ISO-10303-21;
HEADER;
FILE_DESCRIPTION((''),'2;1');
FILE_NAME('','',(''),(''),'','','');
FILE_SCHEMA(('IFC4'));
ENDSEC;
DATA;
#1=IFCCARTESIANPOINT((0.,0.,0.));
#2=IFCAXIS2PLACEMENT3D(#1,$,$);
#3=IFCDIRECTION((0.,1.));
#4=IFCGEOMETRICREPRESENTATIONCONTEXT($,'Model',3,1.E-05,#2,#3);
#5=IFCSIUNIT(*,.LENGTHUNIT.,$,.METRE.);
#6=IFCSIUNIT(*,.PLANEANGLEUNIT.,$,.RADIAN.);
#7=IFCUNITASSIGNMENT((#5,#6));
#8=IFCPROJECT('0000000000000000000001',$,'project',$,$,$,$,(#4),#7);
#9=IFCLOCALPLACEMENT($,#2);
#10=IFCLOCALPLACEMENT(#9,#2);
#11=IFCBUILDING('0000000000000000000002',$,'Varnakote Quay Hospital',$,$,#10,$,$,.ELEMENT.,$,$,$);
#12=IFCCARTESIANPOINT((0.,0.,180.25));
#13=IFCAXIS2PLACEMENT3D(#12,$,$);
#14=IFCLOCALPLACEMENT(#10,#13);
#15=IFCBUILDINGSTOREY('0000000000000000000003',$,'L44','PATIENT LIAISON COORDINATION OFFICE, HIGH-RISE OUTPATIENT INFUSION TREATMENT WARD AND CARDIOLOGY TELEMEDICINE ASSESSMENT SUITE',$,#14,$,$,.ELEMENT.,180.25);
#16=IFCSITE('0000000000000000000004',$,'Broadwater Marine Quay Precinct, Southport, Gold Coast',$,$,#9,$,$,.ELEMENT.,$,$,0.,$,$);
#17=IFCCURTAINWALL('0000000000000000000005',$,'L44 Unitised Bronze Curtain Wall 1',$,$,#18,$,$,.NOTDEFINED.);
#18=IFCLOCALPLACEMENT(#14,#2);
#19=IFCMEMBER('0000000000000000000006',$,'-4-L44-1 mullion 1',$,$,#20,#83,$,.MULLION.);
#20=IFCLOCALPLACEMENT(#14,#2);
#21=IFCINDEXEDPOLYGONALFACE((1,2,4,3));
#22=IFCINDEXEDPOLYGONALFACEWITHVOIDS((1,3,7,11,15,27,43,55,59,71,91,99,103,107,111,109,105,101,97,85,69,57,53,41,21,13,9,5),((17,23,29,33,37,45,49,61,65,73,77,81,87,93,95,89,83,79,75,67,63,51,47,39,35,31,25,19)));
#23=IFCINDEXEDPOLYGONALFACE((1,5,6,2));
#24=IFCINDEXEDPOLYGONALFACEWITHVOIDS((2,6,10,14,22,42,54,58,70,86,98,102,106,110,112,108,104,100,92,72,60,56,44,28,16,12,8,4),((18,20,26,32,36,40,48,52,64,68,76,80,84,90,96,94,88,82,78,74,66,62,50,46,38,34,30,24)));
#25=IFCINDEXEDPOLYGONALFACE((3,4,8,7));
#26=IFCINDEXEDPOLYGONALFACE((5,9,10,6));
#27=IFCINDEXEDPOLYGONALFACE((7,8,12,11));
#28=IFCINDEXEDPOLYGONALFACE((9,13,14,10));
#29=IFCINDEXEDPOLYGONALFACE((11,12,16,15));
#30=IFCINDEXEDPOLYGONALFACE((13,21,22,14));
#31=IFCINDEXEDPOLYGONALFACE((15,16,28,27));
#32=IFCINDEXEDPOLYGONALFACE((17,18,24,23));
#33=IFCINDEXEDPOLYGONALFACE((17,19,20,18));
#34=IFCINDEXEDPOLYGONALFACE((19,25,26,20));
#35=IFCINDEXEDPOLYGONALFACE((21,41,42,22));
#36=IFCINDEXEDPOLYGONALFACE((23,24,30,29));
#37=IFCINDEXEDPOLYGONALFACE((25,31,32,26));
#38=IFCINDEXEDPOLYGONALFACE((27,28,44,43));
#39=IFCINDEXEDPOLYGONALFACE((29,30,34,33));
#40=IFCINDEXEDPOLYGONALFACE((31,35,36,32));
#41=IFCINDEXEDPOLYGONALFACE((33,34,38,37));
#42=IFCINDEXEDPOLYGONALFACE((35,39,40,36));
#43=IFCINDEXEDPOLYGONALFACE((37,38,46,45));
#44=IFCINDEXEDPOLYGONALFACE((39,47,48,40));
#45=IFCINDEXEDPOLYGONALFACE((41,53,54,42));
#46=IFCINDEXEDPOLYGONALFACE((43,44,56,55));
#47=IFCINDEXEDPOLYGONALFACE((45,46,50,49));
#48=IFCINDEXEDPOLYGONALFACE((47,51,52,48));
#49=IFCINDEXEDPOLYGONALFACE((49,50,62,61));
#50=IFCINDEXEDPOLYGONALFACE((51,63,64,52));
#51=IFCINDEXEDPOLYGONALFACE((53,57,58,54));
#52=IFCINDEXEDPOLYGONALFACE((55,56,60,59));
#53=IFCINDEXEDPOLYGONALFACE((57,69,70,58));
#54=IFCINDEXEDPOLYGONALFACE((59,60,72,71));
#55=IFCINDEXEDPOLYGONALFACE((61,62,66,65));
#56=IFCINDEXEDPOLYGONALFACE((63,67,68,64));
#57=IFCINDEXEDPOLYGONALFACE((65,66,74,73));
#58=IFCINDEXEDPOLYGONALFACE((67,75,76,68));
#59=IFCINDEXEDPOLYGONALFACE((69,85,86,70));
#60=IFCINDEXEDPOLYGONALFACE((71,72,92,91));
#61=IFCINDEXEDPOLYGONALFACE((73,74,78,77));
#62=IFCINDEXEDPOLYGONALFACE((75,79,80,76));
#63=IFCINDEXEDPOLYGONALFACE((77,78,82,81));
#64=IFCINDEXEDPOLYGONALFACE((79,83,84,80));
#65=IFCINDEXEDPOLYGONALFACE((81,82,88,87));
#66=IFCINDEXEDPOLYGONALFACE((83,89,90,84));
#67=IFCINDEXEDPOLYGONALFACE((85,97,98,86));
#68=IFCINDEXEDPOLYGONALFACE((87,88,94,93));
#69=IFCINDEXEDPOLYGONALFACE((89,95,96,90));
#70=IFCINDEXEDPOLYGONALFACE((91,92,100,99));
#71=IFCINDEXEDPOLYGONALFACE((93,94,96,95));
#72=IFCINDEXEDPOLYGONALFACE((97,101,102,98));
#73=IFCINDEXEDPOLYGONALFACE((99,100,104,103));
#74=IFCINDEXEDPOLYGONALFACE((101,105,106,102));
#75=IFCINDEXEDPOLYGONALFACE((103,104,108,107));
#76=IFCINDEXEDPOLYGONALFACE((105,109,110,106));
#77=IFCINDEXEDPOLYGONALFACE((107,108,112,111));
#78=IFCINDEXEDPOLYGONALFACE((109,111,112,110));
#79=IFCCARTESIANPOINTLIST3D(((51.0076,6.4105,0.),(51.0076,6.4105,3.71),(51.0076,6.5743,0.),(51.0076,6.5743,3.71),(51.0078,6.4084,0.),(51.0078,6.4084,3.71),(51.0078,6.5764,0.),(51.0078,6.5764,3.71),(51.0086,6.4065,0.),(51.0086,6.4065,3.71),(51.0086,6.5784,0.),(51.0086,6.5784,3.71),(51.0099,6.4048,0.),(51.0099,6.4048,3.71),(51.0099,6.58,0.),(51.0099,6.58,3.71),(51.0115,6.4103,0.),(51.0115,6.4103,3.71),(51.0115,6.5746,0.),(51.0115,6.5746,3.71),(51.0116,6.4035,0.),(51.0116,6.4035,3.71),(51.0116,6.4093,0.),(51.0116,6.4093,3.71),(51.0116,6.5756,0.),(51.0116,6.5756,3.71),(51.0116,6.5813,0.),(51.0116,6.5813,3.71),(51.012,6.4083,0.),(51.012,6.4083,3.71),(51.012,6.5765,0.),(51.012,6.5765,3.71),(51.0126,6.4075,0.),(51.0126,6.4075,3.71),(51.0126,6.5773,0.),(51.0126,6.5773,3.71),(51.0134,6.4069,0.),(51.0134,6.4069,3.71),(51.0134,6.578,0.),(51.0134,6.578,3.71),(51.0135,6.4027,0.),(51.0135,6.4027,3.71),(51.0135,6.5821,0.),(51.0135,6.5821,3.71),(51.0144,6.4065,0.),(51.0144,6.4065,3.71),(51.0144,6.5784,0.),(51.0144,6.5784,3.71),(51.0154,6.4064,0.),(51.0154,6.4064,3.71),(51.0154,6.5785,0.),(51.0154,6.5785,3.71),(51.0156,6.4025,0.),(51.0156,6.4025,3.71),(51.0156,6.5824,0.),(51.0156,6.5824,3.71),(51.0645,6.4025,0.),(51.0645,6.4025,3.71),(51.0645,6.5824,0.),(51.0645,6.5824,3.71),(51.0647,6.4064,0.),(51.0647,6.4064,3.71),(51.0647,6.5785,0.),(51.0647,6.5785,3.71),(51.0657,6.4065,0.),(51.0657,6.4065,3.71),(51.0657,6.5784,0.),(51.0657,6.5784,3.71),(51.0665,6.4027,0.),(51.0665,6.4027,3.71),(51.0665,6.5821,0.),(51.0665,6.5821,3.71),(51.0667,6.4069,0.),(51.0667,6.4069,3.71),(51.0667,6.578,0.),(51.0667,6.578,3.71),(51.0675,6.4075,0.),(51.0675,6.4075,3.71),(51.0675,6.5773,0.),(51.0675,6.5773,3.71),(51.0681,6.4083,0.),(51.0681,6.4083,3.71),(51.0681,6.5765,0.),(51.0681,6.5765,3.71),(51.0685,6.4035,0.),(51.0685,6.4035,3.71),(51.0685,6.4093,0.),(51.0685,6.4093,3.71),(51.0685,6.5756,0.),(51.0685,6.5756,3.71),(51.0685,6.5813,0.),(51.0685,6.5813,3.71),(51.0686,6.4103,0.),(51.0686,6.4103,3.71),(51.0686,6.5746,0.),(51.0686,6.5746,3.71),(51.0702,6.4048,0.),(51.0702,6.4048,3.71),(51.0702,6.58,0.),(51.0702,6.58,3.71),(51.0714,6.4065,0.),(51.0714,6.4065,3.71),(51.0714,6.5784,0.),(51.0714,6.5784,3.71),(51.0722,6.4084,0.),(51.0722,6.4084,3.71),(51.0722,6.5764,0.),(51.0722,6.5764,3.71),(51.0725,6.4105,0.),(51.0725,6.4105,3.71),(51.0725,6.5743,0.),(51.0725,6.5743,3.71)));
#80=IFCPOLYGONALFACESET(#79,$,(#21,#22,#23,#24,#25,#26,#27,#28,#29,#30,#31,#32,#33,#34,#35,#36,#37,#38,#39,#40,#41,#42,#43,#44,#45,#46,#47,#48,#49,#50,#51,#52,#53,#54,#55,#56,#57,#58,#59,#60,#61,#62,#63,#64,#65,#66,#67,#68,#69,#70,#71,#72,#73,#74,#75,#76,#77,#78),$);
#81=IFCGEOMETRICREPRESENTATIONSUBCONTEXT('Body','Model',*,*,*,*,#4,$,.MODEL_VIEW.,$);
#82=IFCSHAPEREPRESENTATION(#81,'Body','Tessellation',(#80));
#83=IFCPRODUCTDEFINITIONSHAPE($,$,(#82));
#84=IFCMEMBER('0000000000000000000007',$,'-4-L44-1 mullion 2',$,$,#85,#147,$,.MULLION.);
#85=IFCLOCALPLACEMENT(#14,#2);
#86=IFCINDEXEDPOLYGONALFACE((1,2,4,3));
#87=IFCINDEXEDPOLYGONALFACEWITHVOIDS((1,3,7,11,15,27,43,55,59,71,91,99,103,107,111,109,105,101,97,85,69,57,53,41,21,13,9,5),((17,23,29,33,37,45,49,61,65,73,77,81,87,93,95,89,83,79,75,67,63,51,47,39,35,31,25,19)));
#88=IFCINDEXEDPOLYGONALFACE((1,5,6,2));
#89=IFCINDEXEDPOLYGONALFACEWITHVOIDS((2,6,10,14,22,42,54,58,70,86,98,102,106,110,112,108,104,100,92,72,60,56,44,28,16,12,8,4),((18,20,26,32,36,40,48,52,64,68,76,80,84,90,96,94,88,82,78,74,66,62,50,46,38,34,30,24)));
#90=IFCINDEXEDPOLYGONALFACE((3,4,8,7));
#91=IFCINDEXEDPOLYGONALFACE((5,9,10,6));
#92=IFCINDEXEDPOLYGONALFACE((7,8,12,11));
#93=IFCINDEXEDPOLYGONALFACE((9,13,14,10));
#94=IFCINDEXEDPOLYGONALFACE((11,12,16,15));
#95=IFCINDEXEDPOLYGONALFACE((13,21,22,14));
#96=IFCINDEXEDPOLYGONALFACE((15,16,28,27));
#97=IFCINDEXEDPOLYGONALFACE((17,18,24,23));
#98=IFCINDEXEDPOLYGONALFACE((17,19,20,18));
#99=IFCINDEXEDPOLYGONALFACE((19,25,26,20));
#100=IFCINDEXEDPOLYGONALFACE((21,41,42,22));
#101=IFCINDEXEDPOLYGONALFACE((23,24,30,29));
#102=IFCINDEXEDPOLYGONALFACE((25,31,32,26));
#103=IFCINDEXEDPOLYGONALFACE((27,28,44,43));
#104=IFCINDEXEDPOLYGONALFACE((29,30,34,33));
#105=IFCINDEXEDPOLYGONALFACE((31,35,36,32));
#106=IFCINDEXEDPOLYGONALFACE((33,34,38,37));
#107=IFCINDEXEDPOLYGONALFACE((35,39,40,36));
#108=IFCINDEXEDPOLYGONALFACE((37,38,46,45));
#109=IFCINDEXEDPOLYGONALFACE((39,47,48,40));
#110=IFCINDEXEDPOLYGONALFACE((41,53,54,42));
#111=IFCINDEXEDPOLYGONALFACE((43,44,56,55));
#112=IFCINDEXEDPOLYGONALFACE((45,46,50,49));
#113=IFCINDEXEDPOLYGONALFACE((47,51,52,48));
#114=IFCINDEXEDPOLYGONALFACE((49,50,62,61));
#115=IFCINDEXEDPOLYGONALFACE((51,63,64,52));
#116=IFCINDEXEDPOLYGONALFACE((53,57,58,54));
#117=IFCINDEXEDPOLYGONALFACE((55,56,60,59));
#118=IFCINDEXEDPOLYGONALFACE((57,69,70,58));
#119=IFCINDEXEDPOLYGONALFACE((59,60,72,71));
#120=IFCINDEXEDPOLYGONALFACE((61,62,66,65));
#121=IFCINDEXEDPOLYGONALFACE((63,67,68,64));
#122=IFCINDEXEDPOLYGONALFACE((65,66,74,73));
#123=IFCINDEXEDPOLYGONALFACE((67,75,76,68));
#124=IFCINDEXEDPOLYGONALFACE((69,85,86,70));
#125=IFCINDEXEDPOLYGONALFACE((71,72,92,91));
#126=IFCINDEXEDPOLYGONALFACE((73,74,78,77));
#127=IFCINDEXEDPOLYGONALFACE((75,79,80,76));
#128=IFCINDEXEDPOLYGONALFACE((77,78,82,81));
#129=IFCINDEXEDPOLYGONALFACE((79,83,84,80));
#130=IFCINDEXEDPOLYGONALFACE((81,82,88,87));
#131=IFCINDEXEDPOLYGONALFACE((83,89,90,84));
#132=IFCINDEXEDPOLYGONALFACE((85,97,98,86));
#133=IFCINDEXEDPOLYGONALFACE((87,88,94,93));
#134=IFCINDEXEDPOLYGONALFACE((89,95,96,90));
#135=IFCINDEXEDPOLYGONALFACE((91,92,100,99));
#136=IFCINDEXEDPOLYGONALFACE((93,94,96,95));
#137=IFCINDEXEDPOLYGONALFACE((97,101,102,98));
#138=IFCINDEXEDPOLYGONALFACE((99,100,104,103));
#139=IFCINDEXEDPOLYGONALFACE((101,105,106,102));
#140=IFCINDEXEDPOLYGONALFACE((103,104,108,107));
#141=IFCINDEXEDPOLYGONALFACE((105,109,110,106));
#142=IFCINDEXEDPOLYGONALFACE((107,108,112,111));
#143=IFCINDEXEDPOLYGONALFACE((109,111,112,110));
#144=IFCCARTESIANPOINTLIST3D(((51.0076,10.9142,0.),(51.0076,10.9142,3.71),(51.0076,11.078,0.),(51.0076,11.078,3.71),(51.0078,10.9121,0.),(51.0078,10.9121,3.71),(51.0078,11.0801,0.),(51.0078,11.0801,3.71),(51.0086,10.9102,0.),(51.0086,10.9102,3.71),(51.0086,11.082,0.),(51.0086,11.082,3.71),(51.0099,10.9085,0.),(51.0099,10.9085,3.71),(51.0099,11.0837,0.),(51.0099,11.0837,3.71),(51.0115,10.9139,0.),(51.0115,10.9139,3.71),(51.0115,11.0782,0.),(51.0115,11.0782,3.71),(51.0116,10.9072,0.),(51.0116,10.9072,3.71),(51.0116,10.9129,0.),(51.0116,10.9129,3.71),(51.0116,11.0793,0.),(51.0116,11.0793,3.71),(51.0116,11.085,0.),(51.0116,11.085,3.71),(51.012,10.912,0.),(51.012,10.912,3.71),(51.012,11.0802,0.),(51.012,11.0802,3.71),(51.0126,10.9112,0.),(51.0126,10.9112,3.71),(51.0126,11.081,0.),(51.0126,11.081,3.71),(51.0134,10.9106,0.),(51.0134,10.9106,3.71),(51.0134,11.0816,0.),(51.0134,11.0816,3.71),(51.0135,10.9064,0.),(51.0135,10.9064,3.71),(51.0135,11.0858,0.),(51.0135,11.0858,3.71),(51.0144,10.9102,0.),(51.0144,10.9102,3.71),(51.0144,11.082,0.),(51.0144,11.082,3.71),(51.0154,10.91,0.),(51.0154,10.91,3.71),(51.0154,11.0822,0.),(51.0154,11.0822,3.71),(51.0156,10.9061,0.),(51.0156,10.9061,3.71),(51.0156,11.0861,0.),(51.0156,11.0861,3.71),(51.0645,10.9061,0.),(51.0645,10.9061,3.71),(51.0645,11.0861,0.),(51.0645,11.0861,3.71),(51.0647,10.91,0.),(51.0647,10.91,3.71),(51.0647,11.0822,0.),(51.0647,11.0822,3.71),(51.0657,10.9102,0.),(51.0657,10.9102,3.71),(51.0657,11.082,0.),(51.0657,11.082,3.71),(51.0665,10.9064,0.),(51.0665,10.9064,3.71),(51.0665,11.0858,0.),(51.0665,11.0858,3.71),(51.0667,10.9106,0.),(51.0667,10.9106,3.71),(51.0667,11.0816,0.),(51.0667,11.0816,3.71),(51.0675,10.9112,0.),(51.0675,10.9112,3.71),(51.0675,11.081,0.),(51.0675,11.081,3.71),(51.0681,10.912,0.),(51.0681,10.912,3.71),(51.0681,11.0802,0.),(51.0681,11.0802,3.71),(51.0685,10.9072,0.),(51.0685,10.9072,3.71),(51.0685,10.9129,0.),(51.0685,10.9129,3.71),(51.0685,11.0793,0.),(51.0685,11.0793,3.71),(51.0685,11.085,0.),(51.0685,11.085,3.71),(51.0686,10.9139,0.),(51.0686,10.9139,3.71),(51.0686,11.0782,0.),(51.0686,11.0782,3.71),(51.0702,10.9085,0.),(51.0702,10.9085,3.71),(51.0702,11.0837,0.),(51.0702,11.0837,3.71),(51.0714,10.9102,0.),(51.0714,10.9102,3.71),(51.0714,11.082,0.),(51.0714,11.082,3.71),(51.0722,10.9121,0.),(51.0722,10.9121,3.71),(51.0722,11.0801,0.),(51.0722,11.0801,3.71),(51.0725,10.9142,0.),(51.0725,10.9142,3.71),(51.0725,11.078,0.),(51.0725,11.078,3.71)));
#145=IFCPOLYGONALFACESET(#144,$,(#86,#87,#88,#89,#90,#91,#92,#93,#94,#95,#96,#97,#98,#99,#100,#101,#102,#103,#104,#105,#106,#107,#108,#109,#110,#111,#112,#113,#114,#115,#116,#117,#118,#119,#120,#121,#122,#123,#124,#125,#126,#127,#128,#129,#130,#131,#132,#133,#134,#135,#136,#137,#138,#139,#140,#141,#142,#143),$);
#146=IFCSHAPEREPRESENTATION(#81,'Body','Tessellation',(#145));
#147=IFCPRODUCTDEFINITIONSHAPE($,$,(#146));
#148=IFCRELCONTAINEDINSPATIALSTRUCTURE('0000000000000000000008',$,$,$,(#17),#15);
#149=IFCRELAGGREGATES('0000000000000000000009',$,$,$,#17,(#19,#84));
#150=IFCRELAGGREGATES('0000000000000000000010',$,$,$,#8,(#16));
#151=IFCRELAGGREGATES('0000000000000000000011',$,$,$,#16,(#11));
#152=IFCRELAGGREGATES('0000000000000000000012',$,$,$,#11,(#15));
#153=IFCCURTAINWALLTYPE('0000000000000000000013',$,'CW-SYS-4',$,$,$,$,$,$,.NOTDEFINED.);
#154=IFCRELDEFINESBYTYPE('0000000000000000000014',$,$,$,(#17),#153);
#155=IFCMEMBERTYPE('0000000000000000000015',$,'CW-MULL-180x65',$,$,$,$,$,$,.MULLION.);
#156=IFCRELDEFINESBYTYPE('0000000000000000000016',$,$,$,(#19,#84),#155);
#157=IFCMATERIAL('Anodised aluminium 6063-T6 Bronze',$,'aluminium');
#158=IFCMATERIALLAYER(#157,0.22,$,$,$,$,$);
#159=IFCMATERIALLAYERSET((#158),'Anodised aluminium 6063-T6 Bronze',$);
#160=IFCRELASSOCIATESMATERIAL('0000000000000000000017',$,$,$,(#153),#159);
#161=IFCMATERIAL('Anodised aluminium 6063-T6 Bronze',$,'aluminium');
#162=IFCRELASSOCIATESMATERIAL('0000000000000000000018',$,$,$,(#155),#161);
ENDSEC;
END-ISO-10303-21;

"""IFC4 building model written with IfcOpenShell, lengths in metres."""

from ifc_helpers import new_model, si_unit, direction, frame, origin, origin_2d, place, context, subcontext, project, spatial, hollow_rectangle, extrude, material, layer, layer_set, material_profile, profile_set, type_object, element, aggregate, save


model = new_model("IFC4")

# Units and contexts
model_context = context("Model", 3, precision=1e-05, world=origin(), true_north=direction((0.0, 1.0)))
body_context = subcontext(model_context, "Body", "Model", "MODEL_VIEW")
ifc_project = project(units=[si_unit("LENGTHUNIT", "METRE"), si_unit("PLANEANGLEUNIT", "RADIAN")], contexts=[model_context])

# Site, building, storey
site_placement = place(None, origin())
site = spatial("IfcSite", under=ifc_project, at=site_placement, Name="Broadwater Marine Quay Precinct, Southport, Gold Coast", CompositionType="ELEMENT", RefElevation=0.0)
building_placement = place(site_placement, origin())
building = spatial("IfcBuilding", under=site, at=building_placement, Name="Varnakote Quay Hospital", CompositionType="ELEMENT")
storey_placement = place(building_placement, frame((0.0, 0.0, 180.25)))
storey = spatial("IfcBuildingStorey", under=building, at=storey_placement, Name="L44", Description="PATIENT LIAISON COORDINATION OFFICE, HIGH-RISE OUTPATIENT INFUSION TREATMENT WARD AND CARDIOLOGY TELEMEDICINE ASSESSMENT SUITE", CompositionType="ELEMENT", Elevation=180.25)

# Curtain wall, members
ifc_material_1 = material(Name="Anodised aluminium 6063-T6 Bronze", Category="aluminium")
ifc_layer_1 = layer(ifc_material_1, 0.22)
ifc_layer_set_1 = layer_set([ifc_layer_1], Name="Anodised aluminium 6063-T6 Bronze")
curtain_wall_type = type_object("IfcCurtainWallType", Name="CW-SYS-4", PredefinedType="NOTDEFINED", material=ifc_layer_set_1)
curtain_wall_placement = place(storey_placement, origin())
curtain_wall = element("IfcCurtainWall", 1, at=curtain_wall_placement, inside=storey, type_object=curtain_wall_type, Name="L44 Unitised Bronze Curtain Wall 1", PredefinedType="NOTDEFINED")
ifc_material_2 = material(Name="Anodised aluminium 6063-T6 Bronze", Category="aluminium")
ifc_material_profile_1 = material_profile(ifc_material_2, hollow_rectangle(XDim=0.0649, YDim=0.1799, WallThickness=0.0039, InnerFilletRadius=0.0039, OuterFilletRadius=0.0081, at=origin_2d()), Name="CW-MULL-180x65")
ifc_profile_set_1 = profile_set([ifc_material_profile_1], Name="Anodised aluminium 6063-T6 Bronze")
member_type_1 = type_object("IfcMemberType", Name="CW-MULL-180x65", PredefinedType="MULLION", material=ifc_profile_set_1)
member_1_placement = place(storey_placement, frame((51.04, 6.4924, 0.0), z_axis=(0.0, 0.0, 1.0), x_axis=(-1.0, 0.0, 0.0)))
member_1 = element("IfcMember", 2, at=member_1_placement, type_object=member_type_1, Name="-4-L44-1 mullion 1", PredefinedType="MULLION", context=body_context, shape_type="SweptSolid", body=[
    extrude(hollow_rectangle(XDim=0.0649, YDim=0.1799, WallThickness=0.0039, InnerFilletRadius=0.0039, OuterFilletRadius=0.0081, at=origin_2d()), origin(), (0.0, 0.0, 1.0), 3.71),
])
member_2_placement = place(storey_placement, frame((51.04, 10.9961, 0.0), z_axis=(0.0, 0.0, 1.0), x_axis=(-1.0, 0.0, 0.0)))
member_2 = element("IfcMember", 3, at=member_2_placement, type_object=member_type_1, Name="-4-L44-1 mullion 2", PredefinedType="MULLION", context=body_context, shape_type="SweptSolid", body=[
    extrude(hollow_rectangle(XDim=0.0649, YDim=0.1799, WallThickness=0.0039, InnerFilletRadius=0.0039, OuterFilletRadius=0.0081, at=origin_2d()), origin(), (0.0, 0.0, 1.0), 3.71),
])

aggregate(curtain_wall, [member_1, member_2])

save(model, "model.ifc")
